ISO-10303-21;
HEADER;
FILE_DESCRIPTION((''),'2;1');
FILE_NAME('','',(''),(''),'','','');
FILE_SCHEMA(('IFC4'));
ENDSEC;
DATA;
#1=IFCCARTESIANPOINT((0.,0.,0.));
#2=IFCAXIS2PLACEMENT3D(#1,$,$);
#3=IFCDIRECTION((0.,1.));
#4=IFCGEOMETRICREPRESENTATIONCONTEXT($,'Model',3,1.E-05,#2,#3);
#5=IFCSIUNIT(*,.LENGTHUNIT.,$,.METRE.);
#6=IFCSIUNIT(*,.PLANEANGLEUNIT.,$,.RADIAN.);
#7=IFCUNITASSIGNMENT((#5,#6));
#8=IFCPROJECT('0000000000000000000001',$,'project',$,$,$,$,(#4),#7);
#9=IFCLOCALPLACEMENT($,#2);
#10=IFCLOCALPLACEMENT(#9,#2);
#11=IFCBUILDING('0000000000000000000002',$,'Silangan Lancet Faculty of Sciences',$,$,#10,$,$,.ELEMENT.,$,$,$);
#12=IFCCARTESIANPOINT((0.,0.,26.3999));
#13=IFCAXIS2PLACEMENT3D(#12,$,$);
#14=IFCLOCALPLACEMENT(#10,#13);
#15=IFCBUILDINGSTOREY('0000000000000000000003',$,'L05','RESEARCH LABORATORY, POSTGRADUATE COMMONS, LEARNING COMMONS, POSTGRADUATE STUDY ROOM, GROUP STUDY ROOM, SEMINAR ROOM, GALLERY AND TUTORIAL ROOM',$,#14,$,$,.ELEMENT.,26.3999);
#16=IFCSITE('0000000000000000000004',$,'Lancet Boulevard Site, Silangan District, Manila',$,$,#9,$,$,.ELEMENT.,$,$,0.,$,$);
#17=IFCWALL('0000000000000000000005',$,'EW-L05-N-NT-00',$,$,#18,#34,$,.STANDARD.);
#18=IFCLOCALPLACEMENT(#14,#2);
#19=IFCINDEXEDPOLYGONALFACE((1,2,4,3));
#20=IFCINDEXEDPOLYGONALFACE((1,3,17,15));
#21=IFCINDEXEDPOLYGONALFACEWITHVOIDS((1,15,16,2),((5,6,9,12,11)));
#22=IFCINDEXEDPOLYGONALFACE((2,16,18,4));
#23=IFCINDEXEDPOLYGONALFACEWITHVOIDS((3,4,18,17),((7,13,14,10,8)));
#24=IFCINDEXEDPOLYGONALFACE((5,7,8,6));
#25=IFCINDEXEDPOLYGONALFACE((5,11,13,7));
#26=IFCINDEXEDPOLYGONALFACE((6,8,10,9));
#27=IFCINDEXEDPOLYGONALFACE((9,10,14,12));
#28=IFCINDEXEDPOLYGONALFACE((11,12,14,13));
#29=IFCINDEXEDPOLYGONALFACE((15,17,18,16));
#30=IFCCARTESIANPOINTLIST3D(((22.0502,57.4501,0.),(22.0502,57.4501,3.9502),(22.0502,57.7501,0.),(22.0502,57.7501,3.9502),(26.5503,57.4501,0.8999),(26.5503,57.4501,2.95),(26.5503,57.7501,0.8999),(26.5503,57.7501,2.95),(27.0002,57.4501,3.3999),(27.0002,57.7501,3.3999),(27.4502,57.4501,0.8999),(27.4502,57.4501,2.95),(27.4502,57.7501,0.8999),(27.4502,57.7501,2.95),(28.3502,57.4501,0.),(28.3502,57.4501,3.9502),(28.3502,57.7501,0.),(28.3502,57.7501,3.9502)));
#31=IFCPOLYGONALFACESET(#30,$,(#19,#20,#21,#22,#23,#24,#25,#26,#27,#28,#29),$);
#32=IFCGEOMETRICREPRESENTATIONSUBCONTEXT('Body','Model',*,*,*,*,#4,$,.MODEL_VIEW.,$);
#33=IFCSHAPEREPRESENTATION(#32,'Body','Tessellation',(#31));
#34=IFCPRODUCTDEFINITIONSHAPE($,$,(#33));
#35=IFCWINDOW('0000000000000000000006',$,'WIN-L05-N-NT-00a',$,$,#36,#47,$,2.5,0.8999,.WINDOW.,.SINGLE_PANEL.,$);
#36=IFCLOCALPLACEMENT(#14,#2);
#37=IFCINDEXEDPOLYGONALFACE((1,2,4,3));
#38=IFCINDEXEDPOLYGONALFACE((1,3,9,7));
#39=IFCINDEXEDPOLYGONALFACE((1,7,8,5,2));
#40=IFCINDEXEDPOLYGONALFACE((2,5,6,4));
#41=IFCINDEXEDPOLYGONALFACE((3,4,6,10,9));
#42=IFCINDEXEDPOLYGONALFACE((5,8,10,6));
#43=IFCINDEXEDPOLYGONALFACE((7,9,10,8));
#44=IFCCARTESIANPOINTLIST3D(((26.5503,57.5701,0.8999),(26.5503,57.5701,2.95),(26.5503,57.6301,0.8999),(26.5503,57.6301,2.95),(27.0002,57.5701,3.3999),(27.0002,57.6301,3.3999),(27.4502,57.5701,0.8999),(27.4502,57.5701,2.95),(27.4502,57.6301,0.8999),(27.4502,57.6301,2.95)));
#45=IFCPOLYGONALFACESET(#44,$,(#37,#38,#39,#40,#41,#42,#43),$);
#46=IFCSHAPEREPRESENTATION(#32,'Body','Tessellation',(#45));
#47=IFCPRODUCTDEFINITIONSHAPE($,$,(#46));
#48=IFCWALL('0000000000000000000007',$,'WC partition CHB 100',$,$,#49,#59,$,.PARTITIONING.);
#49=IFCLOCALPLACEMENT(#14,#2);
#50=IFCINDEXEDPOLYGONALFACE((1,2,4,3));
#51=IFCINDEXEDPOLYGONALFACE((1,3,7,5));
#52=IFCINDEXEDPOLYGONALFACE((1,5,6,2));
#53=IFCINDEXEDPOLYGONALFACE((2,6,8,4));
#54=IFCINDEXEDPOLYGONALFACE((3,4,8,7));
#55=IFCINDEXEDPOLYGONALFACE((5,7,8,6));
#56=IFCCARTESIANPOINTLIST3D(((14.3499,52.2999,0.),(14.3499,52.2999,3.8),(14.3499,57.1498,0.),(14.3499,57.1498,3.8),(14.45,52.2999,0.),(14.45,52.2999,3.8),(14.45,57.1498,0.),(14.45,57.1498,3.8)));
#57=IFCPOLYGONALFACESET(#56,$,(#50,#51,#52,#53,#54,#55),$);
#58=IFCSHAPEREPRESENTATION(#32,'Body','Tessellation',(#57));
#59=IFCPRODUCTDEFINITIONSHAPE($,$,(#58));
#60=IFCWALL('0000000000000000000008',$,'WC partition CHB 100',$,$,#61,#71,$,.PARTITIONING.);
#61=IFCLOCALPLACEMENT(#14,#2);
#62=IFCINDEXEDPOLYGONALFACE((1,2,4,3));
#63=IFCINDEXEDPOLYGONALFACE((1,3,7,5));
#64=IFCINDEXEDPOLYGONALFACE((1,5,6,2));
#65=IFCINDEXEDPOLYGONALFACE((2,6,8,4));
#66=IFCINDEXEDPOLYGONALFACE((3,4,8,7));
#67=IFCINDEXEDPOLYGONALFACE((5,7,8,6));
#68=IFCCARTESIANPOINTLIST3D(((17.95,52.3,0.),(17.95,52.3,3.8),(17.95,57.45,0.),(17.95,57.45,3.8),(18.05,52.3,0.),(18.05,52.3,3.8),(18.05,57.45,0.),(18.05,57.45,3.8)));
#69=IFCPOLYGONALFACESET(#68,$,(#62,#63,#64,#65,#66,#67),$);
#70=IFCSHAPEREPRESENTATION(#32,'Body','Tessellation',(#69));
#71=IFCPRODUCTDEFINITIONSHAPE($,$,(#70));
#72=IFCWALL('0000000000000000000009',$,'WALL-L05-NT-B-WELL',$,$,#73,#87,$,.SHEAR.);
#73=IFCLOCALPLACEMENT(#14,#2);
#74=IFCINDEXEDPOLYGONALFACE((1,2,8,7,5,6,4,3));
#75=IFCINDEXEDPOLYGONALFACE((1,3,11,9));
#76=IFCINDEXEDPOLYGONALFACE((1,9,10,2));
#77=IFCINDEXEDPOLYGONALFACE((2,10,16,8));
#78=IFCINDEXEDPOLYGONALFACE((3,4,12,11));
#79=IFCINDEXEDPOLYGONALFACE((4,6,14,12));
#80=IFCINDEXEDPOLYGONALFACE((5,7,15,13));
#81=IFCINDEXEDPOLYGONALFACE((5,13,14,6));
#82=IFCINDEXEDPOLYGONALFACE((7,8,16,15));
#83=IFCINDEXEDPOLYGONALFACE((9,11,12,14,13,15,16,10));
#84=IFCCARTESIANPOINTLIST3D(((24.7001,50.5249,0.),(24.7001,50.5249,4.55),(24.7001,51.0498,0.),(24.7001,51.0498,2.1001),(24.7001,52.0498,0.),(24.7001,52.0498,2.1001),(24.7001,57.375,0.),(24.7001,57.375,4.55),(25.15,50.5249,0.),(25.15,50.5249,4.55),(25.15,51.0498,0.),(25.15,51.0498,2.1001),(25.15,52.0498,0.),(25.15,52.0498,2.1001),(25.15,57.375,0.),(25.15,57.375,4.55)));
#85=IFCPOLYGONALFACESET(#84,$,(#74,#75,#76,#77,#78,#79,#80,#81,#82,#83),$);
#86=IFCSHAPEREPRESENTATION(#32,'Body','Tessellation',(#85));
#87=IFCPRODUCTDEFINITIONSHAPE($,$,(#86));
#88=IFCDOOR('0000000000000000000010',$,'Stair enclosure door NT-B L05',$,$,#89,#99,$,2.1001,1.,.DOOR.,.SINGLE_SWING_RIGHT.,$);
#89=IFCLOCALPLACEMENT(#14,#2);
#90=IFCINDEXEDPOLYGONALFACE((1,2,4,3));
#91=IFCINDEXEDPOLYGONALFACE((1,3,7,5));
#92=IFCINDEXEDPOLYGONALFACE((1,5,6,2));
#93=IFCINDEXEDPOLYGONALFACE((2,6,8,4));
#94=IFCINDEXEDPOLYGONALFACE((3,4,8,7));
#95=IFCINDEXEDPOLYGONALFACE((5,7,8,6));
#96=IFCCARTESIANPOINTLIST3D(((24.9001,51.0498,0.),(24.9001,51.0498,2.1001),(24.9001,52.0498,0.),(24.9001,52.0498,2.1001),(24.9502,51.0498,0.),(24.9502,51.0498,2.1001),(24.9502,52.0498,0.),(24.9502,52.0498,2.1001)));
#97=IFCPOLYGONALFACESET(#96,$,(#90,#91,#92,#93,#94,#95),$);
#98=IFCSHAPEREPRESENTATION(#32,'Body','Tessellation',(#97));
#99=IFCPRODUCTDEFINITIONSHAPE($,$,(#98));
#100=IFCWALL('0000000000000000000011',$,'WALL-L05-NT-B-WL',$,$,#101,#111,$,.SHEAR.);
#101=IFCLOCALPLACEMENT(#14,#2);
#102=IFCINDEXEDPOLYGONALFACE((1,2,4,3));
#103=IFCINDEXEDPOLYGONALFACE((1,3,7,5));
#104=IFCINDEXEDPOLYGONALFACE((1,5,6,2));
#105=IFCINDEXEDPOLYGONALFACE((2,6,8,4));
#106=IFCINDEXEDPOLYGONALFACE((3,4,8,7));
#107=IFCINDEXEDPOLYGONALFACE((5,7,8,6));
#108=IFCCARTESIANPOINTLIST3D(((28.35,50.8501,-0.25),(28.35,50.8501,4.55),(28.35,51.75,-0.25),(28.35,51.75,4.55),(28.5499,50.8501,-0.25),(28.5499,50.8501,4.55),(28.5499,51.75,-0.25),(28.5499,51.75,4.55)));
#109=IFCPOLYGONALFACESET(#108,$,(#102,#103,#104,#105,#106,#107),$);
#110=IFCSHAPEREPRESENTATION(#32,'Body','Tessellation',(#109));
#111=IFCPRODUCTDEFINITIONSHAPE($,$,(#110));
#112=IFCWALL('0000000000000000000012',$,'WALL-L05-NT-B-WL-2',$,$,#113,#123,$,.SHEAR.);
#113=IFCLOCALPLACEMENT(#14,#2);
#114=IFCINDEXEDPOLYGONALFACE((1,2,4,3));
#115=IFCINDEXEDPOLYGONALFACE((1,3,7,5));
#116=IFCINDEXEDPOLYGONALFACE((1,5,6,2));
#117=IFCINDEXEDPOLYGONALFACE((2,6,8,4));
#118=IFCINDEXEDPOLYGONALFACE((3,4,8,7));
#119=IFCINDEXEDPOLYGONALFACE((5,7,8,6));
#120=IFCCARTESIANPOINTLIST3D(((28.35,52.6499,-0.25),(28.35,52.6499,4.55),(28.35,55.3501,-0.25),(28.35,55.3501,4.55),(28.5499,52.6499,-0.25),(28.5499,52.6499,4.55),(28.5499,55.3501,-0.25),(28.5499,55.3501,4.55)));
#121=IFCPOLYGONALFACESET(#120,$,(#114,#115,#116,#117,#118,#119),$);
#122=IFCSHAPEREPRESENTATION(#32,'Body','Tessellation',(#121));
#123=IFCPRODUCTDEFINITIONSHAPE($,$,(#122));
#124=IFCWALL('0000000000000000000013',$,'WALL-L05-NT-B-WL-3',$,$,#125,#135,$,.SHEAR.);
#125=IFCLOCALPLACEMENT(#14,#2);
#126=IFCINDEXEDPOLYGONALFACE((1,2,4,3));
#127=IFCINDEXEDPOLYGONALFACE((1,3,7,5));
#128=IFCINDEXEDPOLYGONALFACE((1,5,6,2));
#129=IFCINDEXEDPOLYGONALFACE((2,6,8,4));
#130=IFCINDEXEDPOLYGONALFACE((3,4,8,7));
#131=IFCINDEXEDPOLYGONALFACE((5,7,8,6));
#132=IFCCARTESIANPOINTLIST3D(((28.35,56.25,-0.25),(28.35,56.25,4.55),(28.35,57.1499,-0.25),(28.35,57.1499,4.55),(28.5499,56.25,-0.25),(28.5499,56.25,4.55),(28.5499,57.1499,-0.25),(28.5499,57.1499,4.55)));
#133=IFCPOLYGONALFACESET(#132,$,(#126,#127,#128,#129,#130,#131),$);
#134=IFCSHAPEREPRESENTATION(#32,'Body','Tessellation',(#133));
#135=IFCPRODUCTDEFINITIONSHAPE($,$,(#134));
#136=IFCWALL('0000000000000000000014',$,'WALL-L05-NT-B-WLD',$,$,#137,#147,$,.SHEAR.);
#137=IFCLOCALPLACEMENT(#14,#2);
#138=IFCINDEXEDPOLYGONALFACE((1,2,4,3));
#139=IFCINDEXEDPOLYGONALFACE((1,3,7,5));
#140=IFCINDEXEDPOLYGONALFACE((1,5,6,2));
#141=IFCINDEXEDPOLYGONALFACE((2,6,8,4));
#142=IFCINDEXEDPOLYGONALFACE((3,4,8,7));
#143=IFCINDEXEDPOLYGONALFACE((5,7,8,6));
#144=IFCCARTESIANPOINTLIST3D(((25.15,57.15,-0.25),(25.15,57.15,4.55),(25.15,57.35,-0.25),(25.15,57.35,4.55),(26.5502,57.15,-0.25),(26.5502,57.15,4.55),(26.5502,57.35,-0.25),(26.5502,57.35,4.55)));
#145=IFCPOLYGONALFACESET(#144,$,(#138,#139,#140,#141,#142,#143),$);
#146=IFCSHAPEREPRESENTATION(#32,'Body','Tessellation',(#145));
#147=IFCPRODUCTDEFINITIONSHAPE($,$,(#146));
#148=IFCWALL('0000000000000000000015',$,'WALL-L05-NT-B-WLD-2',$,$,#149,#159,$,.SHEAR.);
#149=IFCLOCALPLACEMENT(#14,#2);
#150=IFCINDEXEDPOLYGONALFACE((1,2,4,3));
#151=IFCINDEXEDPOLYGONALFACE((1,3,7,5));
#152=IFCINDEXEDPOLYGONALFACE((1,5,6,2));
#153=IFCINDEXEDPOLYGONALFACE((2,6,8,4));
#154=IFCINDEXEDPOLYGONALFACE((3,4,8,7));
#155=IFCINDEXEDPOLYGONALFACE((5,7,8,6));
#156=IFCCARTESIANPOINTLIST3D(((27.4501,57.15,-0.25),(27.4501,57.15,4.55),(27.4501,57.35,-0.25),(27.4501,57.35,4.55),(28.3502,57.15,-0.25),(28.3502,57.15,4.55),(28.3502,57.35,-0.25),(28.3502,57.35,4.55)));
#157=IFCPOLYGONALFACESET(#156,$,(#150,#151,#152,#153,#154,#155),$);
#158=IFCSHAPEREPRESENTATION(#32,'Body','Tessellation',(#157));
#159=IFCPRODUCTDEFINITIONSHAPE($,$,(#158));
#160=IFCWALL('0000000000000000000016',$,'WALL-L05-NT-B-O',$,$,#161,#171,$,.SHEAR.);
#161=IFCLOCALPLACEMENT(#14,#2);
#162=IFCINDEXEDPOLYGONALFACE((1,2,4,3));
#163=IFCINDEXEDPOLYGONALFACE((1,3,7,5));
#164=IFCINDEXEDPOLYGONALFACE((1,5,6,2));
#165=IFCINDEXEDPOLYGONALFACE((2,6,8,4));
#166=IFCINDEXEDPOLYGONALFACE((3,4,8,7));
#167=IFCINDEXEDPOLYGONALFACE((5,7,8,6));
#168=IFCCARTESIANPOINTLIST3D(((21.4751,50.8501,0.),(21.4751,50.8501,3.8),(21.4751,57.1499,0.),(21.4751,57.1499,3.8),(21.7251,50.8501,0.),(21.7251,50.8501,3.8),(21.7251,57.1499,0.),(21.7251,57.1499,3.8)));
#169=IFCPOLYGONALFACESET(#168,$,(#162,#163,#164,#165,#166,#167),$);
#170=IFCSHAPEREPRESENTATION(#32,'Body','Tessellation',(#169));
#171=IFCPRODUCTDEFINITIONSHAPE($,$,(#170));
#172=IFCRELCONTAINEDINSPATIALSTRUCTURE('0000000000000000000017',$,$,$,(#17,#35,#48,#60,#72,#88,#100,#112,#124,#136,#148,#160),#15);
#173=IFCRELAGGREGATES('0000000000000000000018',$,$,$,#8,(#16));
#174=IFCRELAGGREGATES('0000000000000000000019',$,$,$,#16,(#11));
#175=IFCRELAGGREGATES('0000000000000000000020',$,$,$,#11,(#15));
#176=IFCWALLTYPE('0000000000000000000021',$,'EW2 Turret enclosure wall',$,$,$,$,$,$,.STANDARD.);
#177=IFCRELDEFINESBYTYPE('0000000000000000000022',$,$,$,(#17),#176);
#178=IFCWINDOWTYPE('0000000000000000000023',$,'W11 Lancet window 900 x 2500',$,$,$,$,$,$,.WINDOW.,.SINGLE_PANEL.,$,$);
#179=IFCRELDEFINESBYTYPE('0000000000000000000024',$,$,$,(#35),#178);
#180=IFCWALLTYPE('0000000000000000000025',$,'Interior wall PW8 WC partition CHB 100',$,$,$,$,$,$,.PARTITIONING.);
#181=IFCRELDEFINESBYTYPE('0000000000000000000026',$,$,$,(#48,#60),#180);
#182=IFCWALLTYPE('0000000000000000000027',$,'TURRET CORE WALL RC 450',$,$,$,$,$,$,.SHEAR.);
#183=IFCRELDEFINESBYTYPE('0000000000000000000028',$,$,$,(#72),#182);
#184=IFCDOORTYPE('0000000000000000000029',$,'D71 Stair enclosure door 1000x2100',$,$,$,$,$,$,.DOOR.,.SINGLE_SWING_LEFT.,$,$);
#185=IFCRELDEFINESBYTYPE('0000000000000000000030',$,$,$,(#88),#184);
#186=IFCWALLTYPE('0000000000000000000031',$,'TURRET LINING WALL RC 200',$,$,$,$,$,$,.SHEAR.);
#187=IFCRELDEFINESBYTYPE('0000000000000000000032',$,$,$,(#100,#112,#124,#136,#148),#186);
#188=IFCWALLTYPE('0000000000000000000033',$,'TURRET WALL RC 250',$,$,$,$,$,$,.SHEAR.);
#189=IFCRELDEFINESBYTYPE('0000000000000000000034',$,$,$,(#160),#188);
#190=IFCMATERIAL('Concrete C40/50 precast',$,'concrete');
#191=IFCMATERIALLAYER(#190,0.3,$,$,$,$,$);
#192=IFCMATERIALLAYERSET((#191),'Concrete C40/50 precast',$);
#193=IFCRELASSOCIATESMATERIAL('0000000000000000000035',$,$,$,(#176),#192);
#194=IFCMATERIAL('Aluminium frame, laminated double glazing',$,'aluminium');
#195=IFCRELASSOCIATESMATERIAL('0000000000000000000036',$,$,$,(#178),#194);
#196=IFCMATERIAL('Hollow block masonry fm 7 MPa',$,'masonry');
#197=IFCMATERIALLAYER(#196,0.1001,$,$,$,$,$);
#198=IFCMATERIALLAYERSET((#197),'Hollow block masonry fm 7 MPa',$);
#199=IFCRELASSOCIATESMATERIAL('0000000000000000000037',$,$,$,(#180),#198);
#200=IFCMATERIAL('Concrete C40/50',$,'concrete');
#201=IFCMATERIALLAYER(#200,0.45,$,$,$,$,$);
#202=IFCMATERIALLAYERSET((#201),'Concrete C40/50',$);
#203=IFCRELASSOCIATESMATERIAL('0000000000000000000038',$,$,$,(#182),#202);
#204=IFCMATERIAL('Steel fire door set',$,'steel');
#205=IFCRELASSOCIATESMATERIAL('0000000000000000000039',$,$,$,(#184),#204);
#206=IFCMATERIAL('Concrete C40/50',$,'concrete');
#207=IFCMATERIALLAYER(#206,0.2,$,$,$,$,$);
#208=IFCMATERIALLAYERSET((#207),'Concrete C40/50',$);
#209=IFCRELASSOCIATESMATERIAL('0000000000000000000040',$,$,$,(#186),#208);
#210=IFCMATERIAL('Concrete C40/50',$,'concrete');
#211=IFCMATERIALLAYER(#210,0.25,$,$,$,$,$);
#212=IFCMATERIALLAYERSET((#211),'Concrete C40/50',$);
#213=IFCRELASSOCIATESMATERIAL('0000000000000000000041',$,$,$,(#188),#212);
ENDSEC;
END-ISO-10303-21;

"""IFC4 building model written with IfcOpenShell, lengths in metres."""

from ifc_helpers import new_model, si_unit, direction, frame, frame_2d, origin, place, context, subcontext, project, spatial, polyline, rectangle, outline, extrude, material, layer, layer_set, type_object, element, fill, save


model = new_model("IFC4")

# Units and contexts
model_context = context("Model", 3, precision=1e-05, world=origin(), true_north=direction((0.0, 1.0)))
body_context = subcontext(model_context, "Body", "Model", "MODEL_VIEW")
ifc_project = project(units=[si_unit("LENGTHUNIT", "METRE"), si_unit("PLANEANGLEUNIT", "RADIAN")], contexts=[model_context])

# Site, building, storey
site_placement = place(None, origin())
site = spatial("IfcSite", under=ifc_project, at=site_placement, Name="Lancet Boulevard Site, Silangan District, Manila", CompositionType="ELEMENT", RefElevation=0.0)
building_placement = place(site_placement, origin())
building = spatial("IfcBuilding", under=site, at=building_placement, Name="Silangan Lancet Faculty of Sciences", CompositionType="ELEMENT")
storey_placement = place(building_placement, frame((0.0, 0.0, 26.3999)))
storey = spatial("IfcBuildingStorey", under=building, at=storey_placement, Name="L05", Description="RESEARCH LABORATORY, POSTGRADUATE COMMONS, LEARNING COMMONS, POSTGRADUATE STUDY ROOM, GROUP STUDY ROOM, SEMINAR ROOM, GALLERY AND TUTORIAL ROOM", CompositionType="ELEMENT", Elevation=26.3999)

# Wall, opening, window
ifc_material_1 = material(Name="Concrete C40/50 precast", Category="concrete")
ifc_layer_1 = layer(ifc_material_1, 0.3)
ifc_layer_set_1 = layer_set([ifc_layer_1], Name="Concrete C40/50 precast")
wall_type_1 = type_object("IfcWallType", Name="EW2 Turret enclosure wall", PredefinedType="STANDARD", material=ifc_layer_set_1)
wall_1_placement = place(storey_placement, frame((28.3501, 57.6001, 0.0), z_axis=(0.0, 0.0, 1.0), x_axis=(-1.0, 0.0, 0.0)))
wall_1 = element("IfcWall", 1, at=wall_1_placement, inside=storey, type_object=wall_type_1, Name="EW-L05-N-NT-00", PredefinedType="STANDARD", context=body_context, shape_type="SweptSolid", body=[
    extrude(rectangle(XDim=6.3, YDim=0.3, at=frame_2d((3.1499, 0.0))), origin(), (0.0, 0.0, 1.0), 3.9502),
])
opening_1_placement = place(wall_1_placement, frame((0.8999, 0.0, 0.8999)))
opening_1 = element("IfcOpeningElement", 2, at=opening_1_placement, cuts=wall_1, PredefinedType="OPENING", context=body_context, shape_type="SweptSolid", body=[
    extrude(outline(polyline([(0.0, 0.0), (0.8999, 0.0), (0.8999, 2.05), (0.45, 2.5), (0.0, 2.05), (0.0, 0.0)])), frame((0.0, 0.1599, 0.0), z_axis=(0.0, -1.0, 0.0), x_axis=(1.0, 0.0, 0.0)), (0.0, 0.0, 1.0), 0.3201),
])
ifc_material_2 = material(Name="Aluminium frame, laminated double glazing", Category="aluminium")
window_type_1 = type_object("IfcWindowType", Name="W11 Lancet window 900 x 2500", PartitioningType="SINGLE_PANEL", PredefinedType="WINDOW", material=ifc_material_2)
window_1_placement = place(opening_1_placement, origin())
window_1 = element("IfcWindow", 3, at=window_1_placement, inside=storey, type_object=window_type_1, Name="WIN-L05-N-NT-00a", OverallHeight=2.5, OverallWidth=0.8999, PartitioningType="SINGLE_PANEL", PredefinedType="WINDOW", context=body_context, shape_type="SweptSolid", body=[
    extrude(outline(polyline([(0.0, 0.0), (0.8999, 0.0), (0.8999, 2.05), (0.45, 2.5), (0.0, 2.05), (0.0, 0.0)])), frame((0.0, 0.03, 0.0), z_axis=(0.0, -1.0, 0.0), x_axis=(1.0, 0.0, 0.0)), (0.0, 0.0, 1.0), 0.0601),
])
fill(opening_1, window_1)

# Walls
ifc_material_3 = material(Name="Hollow block masonry fm 7 MPa", Category="masonry")
ifc_layer_2 = layer(ifc_material_3, 0.1001)
ifc_layer_set_2 = layer_set([ifc_layer_2], Name="Hollow block masonry fm 7 MPa")
wall_type_2 = type_object("IfcWallType", Name="Interior wall PW8 WC partition CHB 100", PredefinedType="PARTITIONING", material=ifc_layer_set_2)
wall_2_placement = place(storey_placement, frame((14.3999, 52.3, 0.0), z_axis=(0.0, 0.0, 1.0), x_axis=(0.0, 1.0, 0.0)))
element("IfcWall", 4, at=wall_2_placement, inside=storey, type_object=wall_type_2, Name="WC partition CHB 100", PredefinedType="PARTITIONING", context=body_context, shape_type="SweptSolid", body=[
    extrude(rectangle(XDim=4.8499, YDim=0.1001, at=frame_2d((2.4248, 0.0))), origin(), (0.0, 0.0, 1.0), 3.8),
])
wall_3_placement = place(storey_placement, frame((18.0, 52.3, 0.0), z_axis=(0.0, 0.0, 1.0), x_axis=(0.0, 1.0, 0.0)))
element("IfcWall", 5, at=wall_3_placement, inside=storey, type_object=wall_type_2, Name="WC partition CHB 100", PredefinedType="PARTITIONING", context=body_context, shape_type="SweptSolid", body=[
    extrude(rectangle(XDim=5.1499, YDim=0.1001, at=frame_2d((2.575, 0.0))), origin(), (0.0, 0.0, 1.0), 3.8),
])

# Wall, opening, door
ifc_material_4 = material(Name="Concrete C40/50", Category="concrete")
ifc_layer_3 = layer(ifc_material_4, 0.45)
ifc_layer_set_3 = layer_set([ifc_layer_3], Name="Concrete C40/50")
wall_type_3 = type_object("IfcWallType", Name="TURRET CORE WALL RC 450", PredefinedType="SHEAR", material=ifc_layer_set_3)
wall_4_placement = place(storey_placement, frame((24.925, 50.5249, 0.0), z_axis=(0.0, 0.0, 1.0), x_axis=(0.0, 1.0, 0.0)))
wall_4 = element("IfcWall", 6, at=wall_4_placement, inside=storey, type_object=wall_type_3, Name="WALL-L05-NT-B-WELL", PredefinedType="SHEAR", context=body_context, shape_type="SweptSolid", body=[
    extrude(rectangle(XDim=6.8501, YDim=0.45, at=frame_2d((3.425, 0.0))), origin(), (0.0, 0.0, 1.0), 4.55),
])
opening_2_placement = place(wall_4_placement, frame((0.5249, 0.0, 0.0)))
opening_2 = element("IfcOpeningElement", 7, at=opening_2_placement, cuts=wall_4, PredefinedType="OPENING", context=body_context, shape_type="SweptSolid", body=[
    extrude(rectangle(XDim=1.0, YDim=2.1001, at=frame_2d((0.5, 1.05))), frame((0.0, 0.2349, 0.0), z_axis=(0.0, -1.0, 0.0), x_axis=(1.0, 0.0, 0.0)), (0.0, 0.0, 1.0), 0.47),
])
ifc_material_5 = material(Name="Steel fire door set", Category="steel")
door_type_1 = type_object("IfcDoorType", Name="D71 Stair enclosure door 1000x2100", OperationType="SINGLE_SWING_LEFT", PredefinedType="DOOR", material=ifc_material_5)
door_1_placement = place(opening_2_placement, frame((1.0, 0.0, 0.0), z_axis=(0.0, 0.0, 1.0), x_axis=(-1.0, 0.0, 0.0)))
door_1 = element("IfcDoor", 8, at=door_1_placement, inside=storey, type_object=door_type_1, Name="Stair enclosure door NT-B L05", OperationType="SINGLE_SWING_RIGHT", OverallHeight=2.1001, OverallWidth=1.0, PredefinedType="DOOR", context=body_context, shape_type="SweptSolid", body=[
    extrude(rectangle(XDim=1.0, YDim=2.1001, at=frame_2d((0.5, 1.05))), frame((0.0, 0.0251, 0.0), z_axis=(0.0, -1.0, 0.0), x_axis=(1.0, 0.0, 0.0)), (0.0, 0.0, 1.0), 0.05),
])
fill(opening_2, door_1)

# Walls
ifc_material_6 = material(Name="Concrete C40/50", Category="concrete")
ifc_layer_4 = layer(ifc_material_6, 0.2)
ifc_layer_set_4 = layer_set([ifc_layer_4], Name="Concrete C40/50")
wall_type_4 = type_object("IfcWallType", Name="TURRET LINING WALL RC 200", PredefinedType="SHEAR", material=ifc_layer_set_4)
wall_5_placement = place(storey_placement, frame((28.45, 50.8501, -0.25), z_axis=(0.0, 0.0, 1.0), x_axis=(0.0, 1.0, 0.0)))
element("IfcWall", 9, at=wall_5_placement, inside=storey, type_object=wall_type_4, Name="WALL-L05-NT-B-WL", PredefinedType="SHEAR", context=body_context, shape_type="SweptSolid", body=[
    extrude(rectangle(XDim=0.8999, YDim=0.2, at=frame_2d((0.45, 0.0))), origin(), (0.0, 0.0, 1.0), 4.8),
])
wall_6_placement = place(storey_placement, frame((28.45, 52.6499, -0.25), z_axis=(0.0, 0.0, 1.0), x_axis=(0.0, 1.0, 0.0)))
element("IfcWall", 10, at=wall_6_placement, inside=storey, type_object=wall_type_4, Name="WALL-L05-NT-B-WL-2", PredefinedType="SHEAR", context=body_context, shape_type="SweptSolid", body=[
    extrude(rectangle(XDim=2.7002, YDim=0.2, at=frame_2d((1.3501, 0.0))), origin(), (0.0, 0.0, 1.0), 4.8),
])
wall_7_placement = place(storey_placement, frame((28.45, 56.25, -0.25), z_axis=(0.0, 0.0, 1.0), x_axis=(0.0, 1.0, 0.0)))
element("IfcWall", 11, at=wall_7_placement, inside=storey, type_object=wall_type_4, Name="WALL-L05-NT-B-WL-3", PredefinedType="SHEAR", context=body_context, shape_type="SweptSolid", body=[
    extrude(rectangle(XDim=0.8999, YDim=0.2, at=frame_2d((0.45, 0.0))), origin(), (0.0, 0.0, 1.0), 4.8),
])
wall_8_placement = place(storey_placement, frame((25.1499, 57.25, -0.25), z_axis=(0.0, 0.0, 1.0), x_axis=(1.0, 0.0, 0.0)))
element("IfcWall", 12, at=wall_8_placement, inside=storey, type_object=wall_type_4, Name="WALL-L05-NT-B-WLD", PredefinedType="SHEAR", context=body_context, shape_type="SweptSolid", body=[
    extrude(rectangle(XDim=1.4001, YDim=0.2, at=frame_2d((0.7002, 0.0))), origin(), (0.0, 0.0, 1.0), 4.8),
])
wall_9_placement = place(storey_placement, frame((27.45, 57.25, -0.25), z_axis=(0.0, 0.0, 1.0), x_axis=(1.0, 0.0, 0.0)))
element("IfcWall", 13, at=wall_9_placement, inside=storey, type_object=wall_type_4, Name="WALL-L05-NT-B-WLD-2", PredefinedType="SHEAR", context=body_context, shape_type="SweptSolid", body=[
    extrude(rectangle(XDim=0.9001, YDim=0.2, at=frame_2d((0.4502, 0.0))), origin(), (0.0, 0.0, 1.0), 4.8),
])
ifc_material_7 = material(Name="Concrete C40/50", Category="concrete")
ifc_layer_5 = layer(ifc_material_7, 0.25)
ifc_layer_set_5 = layer_set([ifc_layer_5], Name="Concrete C40/50")
wall_type_5 = type_object("IfcWallType", Name="TURRET WALL RC 250", PredefinedType="SHEAR", material=ifc_layer_set_5)
wall_10_placement = place(storey_placement, frame((21.6001, 50.8501, 0.0), z_axis=(0.0, 0.0, 1.0), x_axis=(0.0, 1.0, 0.0)))
element("IfcWall", 14, at=wall_10_placement, inside=storey, type_object=wall_type_5, Name="WALL-L05-NT-B-O", PredefinedType="SHEAR", context=body_context, shape_type="SweptSolid", body=[
    extrude(rectangle(XDim=6.2998, YDim=0.25, at=frame_2d((3.1499, 0.0))), origin(), (0.0, 0.0, 1.0), 3.8),
])

save(model, "model.ifc")
